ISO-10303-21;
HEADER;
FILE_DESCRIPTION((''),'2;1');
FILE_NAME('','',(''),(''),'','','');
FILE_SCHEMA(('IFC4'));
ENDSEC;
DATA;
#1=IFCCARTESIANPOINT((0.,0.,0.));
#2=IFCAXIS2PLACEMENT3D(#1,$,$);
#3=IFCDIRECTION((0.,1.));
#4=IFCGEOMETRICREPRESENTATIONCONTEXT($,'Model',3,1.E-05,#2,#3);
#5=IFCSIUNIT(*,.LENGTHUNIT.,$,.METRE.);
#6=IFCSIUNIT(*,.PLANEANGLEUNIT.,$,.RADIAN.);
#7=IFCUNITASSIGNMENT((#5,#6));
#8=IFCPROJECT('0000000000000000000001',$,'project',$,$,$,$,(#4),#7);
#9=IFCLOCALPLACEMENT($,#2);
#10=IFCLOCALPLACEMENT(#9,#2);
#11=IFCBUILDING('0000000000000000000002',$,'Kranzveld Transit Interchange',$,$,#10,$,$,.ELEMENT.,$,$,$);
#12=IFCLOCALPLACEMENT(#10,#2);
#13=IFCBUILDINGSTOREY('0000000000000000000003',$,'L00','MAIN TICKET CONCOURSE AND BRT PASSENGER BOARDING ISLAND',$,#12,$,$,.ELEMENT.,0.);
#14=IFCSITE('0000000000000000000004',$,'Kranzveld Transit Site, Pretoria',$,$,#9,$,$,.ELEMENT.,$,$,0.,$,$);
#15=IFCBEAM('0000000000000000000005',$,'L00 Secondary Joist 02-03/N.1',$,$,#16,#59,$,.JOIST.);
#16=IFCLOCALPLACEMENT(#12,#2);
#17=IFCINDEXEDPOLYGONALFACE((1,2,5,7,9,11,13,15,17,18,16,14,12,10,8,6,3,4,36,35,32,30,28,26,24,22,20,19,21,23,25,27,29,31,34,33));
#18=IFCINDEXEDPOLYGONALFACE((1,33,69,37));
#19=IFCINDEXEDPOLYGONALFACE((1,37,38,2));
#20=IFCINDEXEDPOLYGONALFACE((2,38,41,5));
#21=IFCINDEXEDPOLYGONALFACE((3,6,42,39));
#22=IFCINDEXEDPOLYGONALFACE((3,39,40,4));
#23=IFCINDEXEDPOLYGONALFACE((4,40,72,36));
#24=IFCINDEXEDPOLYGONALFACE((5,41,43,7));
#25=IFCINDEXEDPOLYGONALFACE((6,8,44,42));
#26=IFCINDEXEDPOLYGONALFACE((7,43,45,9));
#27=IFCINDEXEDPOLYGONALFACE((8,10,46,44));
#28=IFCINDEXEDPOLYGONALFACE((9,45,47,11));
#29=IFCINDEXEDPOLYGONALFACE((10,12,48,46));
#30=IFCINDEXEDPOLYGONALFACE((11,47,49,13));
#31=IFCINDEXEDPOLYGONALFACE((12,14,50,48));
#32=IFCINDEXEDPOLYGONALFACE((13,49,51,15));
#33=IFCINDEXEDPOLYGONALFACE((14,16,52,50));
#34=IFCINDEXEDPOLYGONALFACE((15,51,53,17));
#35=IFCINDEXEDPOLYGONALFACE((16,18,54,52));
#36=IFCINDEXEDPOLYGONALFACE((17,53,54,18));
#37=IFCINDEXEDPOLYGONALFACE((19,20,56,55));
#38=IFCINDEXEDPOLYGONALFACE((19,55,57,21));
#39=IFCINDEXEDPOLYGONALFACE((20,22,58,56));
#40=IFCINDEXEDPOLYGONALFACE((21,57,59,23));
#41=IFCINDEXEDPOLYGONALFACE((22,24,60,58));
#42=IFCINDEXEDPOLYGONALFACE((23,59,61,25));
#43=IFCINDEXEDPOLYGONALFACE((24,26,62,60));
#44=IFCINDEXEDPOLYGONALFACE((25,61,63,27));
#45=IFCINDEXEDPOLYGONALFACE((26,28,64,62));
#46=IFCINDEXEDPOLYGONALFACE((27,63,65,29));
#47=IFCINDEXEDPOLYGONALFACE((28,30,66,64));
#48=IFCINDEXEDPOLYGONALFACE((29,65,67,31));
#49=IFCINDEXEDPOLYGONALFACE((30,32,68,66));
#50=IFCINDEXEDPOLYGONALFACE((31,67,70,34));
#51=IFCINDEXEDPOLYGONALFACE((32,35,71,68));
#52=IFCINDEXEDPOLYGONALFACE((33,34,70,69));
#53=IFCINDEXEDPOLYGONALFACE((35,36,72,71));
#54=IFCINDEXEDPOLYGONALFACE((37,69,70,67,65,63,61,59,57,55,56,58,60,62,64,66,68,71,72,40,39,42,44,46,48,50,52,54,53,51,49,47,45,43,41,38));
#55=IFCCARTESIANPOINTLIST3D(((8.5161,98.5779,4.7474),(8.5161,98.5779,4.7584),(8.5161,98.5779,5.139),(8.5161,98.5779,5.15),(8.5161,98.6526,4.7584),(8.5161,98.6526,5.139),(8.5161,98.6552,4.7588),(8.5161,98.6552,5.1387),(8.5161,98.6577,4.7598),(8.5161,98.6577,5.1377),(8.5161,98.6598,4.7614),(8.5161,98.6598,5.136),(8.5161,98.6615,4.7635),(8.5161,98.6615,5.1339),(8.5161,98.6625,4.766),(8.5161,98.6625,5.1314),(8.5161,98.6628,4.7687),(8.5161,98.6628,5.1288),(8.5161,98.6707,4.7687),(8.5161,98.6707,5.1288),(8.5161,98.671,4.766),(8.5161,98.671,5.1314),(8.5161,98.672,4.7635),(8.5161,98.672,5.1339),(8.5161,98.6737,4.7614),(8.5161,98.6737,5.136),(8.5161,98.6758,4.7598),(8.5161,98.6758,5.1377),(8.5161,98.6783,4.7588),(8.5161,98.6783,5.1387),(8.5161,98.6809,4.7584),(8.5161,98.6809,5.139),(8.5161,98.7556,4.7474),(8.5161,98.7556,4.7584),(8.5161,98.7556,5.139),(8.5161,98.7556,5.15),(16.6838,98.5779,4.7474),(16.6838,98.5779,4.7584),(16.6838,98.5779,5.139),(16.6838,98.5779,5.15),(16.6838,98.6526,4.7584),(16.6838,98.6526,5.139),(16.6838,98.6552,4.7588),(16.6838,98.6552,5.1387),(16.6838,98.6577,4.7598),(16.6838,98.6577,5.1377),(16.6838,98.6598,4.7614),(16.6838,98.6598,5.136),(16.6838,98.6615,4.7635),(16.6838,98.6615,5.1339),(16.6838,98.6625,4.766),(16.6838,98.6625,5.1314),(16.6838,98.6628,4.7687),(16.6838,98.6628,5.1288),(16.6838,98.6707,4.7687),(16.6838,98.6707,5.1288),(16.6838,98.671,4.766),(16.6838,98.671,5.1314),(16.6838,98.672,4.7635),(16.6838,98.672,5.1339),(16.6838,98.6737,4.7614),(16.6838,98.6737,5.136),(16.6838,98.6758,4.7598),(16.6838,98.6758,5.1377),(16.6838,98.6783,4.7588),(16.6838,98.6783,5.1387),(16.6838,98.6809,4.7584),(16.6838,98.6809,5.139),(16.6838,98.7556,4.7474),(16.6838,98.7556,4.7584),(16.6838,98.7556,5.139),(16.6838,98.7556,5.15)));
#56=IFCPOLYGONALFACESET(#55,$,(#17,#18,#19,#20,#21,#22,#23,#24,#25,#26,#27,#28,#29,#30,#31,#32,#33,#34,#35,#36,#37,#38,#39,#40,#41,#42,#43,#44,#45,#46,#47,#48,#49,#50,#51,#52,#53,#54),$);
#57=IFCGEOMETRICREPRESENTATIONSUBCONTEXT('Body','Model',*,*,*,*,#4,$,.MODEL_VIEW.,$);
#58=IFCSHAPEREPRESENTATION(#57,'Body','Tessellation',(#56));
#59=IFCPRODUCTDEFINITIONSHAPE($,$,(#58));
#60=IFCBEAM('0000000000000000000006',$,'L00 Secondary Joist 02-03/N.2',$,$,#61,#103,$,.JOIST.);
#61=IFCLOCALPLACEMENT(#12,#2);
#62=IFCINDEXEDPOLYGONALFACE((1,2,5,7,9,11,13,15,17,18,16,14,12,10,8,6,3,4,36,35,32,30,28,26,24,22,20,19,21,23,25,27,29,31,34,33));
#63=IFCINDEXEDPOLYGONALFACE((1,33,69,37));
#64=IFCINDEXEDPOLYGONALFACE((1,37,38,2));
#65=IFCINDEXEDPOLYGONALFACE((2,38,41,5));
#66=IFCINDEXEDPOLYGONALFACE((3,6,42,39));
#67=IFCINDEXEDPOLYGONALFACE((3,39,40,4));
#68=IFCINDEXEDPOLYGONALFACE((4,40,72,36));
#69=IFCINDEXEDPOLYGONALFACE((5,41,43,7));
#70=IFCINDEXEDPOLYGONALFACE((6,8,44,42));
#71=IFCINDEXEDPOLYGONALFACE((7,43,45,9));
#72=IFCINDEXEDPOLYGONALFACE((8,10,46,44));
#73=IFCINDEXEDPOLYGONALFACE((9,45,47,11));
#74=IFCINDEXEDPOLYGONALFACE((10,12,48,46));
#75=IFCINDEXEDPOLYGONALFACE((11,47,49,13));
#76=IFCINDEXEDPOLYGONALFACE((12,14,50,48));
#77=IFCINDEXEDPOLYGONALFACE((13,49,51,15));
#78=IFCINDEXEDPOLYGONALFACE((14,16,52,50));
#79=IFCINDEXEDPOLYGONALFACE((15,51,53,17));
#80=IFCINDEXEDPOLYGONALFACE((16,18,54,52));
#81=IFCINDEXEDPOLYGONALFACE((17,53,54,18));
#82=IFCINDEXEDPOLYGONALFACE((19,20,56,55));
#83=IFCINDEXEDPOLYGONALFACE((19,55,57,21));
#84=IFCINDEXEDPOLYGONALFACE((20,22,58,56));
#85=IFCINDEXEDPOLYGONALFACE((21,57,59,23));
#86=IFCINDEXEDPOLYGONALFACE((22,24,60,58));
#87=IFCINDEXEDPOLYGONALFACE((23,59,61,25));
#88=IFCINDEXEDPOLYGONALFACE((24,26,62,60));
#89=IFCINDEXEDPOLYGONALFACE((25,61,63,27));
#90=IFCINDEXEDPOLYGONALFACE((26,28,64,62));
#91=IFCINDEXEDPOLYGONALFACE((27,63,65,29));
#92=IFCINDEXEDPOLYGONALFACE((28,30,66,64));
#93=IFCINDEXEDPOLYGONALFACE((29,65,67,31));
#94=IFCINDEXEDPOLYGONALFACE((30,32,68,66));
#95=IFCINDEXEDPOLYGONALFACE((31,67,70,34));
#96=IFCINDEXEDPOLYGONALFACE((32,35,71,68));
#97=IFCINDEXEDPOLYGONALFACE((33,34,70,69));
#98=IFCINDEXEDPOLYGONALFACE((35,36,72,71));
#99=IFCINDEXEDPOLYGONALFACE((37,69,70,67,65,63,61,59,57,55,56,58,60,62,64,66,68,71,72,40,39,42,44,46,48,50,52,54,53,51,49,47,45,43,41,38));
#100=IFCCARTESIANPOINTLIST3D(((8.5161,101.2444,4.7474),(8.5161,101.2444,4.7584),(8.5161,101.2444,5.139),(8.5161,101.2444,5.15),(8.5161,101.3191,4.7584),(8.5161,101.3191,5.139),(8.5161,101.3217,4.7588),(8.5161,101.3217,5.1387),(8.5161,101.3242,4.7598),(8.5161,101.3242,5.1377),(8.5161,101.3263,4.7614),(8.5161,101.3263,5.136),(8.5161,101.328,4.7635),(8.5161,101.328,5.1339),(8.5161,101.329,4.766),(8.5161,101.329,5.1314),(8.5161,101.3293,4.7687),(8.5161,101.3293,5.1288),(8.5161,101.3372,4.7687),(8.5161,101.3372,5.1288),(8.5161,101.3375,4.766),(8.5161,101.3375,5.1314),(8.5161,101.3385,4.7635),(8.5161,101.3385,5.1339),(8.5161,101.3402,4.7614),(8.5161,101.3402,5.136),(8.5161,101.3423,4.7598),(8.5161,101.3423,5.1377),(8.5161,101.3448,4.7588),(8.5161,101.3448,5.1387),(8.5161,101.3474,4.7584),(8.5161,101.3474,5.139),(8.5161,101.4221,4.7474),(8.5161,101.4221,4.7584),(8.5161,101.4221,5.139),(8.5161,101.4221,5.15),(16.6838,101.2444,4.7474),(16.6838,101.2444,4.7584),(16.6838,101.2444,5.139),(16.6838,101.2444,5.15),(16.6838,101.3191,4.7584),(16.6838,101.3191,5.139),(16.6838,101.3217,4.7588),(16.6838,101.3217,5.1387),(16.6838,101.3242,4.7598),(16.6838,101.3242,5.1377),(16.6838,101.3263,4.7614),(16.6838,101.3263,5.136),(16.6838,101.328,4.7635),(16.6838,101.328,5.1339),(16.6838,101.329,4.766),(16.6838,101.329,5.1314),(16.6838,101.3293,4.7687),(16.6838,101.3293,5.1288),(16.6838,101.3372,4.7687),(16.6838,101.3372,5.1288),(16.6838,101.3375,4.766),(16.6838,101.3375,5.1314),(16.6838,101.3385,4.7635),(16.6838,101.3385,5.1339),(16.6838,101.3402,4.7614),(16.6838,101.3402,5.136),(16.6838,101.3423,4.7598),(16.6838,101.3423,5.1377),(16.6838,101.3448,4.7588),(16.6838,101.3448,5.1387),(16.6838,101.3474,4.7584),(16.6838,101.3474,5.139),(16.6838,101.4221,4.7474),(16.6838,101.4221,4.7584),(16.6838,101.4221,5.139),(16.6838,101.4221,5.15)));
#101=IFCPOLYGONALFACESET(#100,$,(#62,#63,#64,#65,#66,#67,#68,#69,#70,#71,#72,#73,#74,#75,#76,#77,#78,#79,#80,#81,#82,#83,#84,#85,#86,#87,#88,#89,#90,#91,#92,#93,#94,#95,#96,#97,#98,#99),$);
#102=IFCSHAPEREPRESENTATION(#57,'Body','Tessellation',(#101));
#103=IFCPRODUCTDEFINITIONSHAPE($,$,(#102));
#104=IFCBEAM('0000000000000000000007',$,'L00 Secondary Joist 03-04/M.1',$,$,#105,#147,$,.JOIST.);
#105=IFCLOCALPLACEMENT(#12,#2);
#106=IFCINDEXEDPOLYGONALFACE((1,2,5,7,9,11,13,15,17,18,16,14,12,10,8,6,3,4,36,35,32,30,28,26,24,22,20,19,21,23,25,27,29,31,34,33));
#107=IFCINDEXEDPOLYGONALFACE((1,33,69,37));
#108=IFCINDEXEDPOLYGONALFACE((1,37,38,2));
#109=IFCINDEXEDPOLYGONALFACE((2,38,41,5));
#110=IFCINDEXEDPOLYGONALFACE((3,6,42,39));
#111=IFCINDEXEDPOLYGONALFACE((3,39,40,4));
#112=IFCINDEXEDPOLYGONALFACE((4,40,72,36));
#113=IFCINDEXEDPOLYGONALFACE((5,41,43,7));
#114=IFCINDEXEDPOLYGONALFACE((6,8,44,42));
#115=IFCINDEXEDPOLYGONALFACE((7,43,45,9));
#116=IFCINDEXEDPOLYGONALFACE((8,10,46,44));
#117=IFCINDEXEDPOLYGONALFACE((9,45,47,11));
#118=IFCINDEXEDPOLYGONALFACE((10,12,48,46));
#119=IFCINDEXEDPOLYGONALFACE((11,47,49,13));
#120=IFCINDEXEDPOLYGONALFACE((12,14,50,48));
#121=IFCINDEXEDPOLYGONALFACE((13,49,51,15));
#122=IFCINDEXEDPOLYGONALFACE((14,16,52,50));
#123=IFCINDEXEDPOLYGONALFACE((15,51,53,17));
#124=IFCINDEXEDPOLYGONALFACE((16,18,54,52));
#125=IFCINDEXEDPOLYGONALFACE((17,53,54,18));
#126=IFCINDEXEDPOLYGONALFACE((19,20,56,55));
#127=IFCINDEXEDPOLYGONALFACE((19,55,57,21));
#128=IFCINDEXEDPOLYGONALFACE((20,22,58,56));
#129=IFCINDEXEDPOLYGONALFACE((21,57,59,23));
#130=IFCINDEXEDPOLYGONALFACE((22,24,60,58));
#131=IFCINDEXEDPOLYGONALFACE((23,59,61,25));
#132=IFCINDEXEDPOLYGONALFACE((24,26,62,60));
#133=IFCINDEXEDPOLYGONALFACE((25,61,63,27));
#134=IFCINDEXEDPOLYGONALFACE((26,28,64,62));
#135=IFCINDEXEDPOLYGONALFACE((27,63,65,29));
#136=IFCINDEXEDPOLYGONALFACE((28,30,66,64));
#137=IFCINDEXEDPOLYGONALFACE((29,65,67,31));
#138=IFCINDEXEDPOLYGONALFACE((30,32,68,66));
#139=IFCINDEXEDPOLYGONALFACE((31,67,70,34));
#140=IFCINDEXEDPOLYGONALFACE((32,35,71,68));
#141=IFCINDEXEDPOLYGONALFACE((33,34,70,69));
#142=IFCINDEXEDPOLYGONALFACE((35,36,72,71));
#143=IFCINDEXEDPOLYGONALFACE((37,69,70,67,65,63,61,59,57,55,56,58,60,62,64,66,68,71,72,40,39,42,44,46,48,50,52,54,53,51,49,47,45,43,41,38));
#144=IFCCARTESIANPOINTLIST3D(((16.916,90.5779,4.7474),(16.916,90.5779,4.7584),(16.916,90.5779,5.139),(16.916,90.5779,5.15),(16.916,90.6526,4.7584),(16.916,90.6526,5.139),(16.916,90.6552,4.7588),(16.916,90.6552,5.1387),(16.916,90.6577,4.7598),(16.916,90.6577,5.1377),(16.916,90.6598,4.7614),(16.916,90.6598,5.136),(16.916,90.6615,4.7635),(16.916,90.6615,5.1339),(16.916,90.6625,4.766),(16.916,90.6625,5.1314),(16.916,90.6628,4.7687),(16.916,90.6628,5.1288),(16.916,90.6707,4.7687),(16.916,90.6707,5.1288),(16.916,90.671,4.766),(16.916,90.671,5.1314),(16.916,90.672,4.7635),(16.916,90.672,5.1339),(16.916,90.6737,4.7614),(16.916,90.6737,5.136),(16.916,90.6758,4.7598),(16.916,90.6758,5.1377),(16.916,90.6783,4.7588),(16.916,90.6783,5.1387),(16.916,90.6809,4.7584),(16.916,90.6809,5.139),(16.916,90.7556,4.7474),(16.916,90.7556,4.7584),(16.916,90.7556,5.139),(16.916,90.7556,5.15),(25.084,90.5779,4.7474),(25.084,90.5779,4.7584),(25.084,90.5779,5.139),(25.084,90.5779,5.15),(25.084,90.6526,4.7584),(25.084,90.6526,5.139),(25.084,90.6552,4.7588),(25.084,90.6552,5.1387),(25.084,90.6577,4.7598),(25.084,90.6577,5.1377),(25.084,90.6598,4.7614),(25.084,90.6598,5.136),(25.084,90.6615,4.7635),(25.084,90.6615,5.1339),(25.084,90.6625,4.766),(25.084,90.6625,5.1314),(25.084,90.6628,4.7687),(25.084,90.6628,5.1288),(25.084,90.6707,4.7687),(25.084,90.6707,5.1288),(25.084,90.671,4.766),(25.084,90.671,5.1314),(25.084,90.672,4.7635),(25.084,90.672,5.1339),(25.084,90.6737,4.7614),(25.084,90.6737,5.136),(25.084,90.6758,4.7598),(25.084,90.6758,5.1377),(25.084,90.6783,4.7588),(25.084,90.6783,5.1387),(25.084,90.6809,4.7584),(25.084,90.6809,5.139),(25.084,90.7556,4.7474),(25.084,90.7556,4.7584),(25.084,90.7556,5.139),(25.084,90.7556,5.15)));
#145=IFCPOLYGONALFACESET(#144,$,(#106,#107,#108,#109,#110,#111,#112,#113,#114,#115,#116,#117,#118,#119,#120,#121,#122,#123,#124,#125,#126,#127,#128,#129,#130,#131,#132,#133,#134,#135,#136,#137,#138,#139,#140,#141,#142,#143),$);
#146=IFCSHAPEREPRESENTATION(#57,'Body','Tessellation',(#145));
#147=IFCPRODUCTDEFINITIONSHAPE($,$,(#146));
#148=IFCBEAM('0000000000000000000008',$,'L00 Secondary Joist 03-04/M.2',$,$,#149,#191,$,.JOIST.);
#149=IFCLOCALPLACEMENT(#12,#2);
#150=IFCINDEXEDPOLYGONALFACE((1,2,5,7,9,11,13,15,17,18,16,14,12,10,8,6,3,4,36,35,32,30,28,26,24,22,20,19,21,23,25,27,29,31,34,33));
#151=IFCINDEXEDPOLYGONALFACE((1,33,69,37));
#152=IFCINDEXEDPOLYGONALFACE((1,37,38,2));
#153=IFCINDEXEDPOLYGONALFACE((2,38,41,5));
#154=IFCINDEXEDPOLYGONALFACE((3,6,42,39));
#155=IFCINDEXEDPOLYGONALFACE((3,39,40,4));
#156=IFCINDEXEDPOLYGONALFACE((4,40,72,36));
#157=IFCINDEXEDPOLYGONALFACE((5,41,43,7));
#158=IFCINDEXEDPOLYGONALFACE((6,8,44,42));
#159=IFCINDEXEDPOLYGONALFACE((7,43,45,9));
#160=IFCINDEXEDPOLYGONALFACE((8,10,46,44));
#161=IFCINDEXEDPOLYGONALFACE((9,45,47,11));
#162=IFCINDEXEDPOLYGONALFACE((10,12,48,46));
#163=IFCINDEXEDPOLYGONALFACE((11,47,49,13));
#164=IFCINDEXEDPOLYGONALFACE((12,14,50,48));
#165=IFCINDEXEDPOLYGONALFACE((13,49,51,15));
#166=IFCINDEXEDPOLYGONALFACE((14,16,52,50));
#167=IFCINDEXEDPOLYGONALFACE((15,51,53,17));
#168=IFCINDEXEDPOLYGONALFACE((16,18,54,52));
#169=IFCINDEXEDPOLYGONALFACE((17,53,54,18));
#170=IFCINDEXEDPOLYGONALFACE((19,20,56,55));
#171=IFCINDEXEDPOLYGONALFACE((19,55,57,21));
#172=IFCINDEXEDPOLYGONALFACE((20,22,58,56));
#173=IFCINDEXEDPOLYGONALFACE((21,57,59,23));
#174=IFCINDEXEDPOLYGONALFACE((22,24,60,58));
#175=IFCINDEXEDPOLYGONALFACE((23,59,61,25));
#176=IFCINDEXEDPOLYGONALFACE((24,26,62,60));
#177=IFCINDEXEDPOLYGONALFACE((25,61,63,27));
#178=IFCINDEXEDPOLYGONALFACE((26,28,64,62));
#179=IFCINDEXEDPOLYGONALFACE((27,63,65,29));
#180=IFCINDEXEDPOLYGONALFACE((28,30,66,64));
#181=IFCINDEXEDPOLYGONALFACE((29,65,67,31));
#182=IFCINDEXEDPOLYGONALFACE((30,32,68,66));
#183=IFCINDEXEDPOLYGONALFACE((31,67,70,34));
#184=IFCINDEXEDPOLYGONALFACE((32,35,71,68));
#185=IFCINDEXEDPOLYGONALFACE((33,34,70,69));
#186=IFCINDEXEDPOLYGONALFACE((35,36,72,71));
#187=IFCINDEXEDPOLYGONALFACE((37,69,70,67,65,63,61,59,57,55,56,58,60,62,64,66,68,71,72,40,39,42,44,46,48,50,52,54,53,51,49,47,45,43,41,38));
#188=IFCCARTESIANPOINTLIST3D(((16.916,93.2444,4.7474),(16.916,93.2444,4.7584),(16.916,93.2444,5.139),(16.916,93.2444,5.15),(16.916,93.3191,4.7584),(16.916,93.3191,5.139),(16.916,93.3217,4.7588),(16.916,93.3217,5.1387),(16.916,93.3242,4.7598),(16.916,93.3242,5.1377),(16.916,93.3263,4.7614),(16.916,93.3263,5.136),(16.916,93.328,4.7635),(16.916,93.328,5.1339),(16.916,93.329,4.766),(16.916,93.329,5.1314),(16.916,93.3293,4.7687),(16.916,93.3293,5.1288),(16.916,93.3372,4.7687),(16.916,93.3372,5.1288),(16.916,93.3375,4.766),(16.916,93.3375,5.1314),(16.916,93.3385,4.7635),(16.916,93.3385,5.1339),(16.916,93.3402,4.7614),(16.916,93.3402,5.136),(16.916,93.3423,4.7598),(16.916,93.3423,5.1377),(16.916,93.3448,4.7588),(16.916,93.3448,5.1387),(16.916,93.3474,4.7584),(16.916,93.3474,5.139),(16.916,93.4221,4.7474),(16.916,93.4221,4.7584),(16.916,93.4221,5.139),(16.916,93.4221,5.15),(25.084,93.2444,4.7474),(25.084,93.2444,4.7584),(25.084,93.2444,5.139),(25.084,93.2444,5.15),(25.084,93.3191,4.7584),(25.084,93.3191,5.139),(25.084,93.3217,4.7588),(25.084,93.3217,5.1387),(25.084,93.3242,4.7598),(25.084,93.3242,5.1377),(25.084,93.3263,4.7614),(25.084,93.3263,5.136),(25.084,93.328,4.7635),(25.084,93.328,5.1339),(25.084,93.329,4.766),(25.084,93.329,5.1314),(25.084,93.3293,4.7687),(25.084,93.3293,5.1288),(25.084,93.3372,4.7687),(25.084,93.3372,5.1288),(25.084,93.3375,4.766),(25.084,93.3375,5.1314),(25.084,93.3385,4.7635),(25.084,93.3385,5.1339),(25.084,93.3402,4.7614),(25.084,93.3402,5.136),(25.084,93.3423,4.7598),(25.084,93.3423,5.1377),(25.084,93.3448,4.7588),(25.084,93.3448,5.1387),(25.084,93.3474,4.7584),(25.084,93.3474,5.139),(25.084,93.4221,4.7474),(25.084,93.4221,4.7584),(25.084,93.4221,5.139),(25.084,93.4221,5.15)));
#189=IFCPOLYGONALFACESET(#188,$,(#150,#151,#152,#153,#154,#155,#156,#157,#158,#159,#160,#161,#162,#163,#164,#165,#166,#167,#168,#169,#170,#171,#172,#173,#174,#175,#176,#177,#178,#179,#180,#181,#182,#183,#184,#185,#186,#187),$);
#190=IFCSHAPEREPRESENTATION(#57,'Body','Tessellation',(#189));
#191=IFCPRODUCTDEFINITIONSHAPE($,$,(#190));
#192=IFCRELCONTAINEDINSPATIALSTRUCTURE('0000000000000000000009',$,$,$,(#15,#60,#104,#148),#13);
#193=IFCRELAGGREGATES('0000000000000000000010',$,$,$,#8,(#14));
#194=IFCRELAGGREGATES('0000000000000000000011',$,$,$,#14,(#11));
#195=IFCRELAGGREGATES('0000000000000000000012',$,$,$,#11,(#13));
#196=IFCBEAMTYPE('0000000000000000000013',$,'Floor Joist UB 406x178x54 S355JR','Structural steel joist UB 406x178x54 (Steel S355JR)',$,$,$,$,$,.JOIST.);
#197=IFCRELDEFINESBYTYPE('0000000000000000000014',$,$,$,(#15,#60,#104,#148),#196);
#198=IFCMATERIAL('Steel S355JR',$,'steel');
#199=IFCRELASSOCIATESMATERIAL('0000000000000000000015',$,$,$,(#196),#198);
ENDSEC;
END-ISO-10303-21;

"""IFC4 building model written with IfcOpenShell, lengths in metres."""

from ifc_helpers import new_model, si_unit, direction, frame, origin, origin_2d, place, context, subcontext, project, spatial, i_section, extrude, material, material_profile, profile_set, type_object, element, save


model = new_model("IFC4")

# Units and contexts
model_context = context("Model", 3, precision=1e-05, world=origin(), true_north=direction((0.0, 1.0)))
body_context = subcontext(model_context, "Body", "Model", "MODEL_VIEW")
ifc_project = project(units=[si_unit("LENGTHUNIT", "METRE"), si_unit("PLANEANGLEUNIT", "RADIAN")], contexts=[model_context])

# Site, building, storey
site_placement = place(None, origin())
site = spatial("IfcSite", under=ifc_project, at=site_placement, Name="Kranzveld Transit Site, Pretoria", CompositionType="ELEMENT", RefElevation=0.0)
building_placement = place(site_placement, origin())
building = spatial("IfcBuilding", under=site, at=building_placement, Name="Kranzveld Transit Interchange", CompositionType="ELEMENT")
storey_placement = place(building_placement, origin())
storey = spatial("IfcBuildingStorey", under=building, at=storey_placement, Name="L00", Description="MAIN TICKET CONCOURSE AND BRT PASSENGER BOARDING ISLAND", CompositionType="ELEMENT", Elevation=0.0)

# Beams
ifc_material_1 = material(Name="Steel S355JR", Category="steel")
ifc_material_profile_1 = material_profile(ifc_material_1, i_section(OverallWidth=0.1777, OverallDepth=0.4026, WebThickness=0.0078, FlangeThickness=0.011, FilletRadius=0.0103, at=origin_2d()), Name="UB 406x178x54")
ifc_profile_set_1 = profile_set([ifc_material_profile_1], Name="Steel S355JR")
beam_type_1 = type_object("IfcBeamType", Name="Floor Joist UB 406x178x54 S355JR", Description="Structural steel joist UB 406x178x54 (Steel S355JR)", PredefinedType="JOIST", material=ifc_profile_set_1)
for number, where, z_axis, x_axis, name in (
    (1, (8.5161, 98.6667, 4.9487), (1.0, 0.0, 0.0), (0.0, 1.0, 0.0), "L00 Secondary Joist 02-03/N.1"),
    (2, (8.5161, 101.3333, 4.9487), (1.0, 0.0, 0.0), (0.0, 1.0, 0.0), "L00 Secondary Joist 02-03/N.2"),
):
    element("IfcBeam", number, at=place(storey_placement, frame(where, z_axis=z_axis, x_axis=x_axis)), inside=storey, type_object=beam_type_1, Name=name, PredefinedType="JOIST", context=body_context, shape_type="SweptSolid", body=[
        extrude(i_section(OverallWidth=0.1777, OverallDepth=0.4026, WebThickness=0.0078, FlangeThickness=0.011, FilletRadius=0.0103, at=origin_2d()), origin(), (0.0, 0.0, 1.0), 8.1677),
    ])
for number, where, z_axis, x_axis, name in (
    (3, (16.916, 90.6667, 4.9487), (1.0, 0.0, 0.0), (0.0, 1.0, 0.0), "L00 Secondary Joist 03-04/M.1"),
    (4, (16.916, 93.3333, 4.9487), (1.0, 0.0, 0.0), (0.0, 1.0, 0.0), "L00 Secondary Joist 03-04/M.2"),
):
    element("IfcBeam", number, at=place(storey_placement, frame(where, z_axis=z_axis, x_axis=x_axis)), inside=storey, type_object=beam_type_1, Name=name, PredefinedType="JOIST", context=body_context, shape_type="SweptSolid", body=[
        extrude(i_section(OverallWidth=0.1777, OverallDepth=0.4026, WebThickness=0.0078, FlangeThickness=0.011, FilletRadius=0.0103, at=origin_2d()), origin(), (0.0, 0.0, 1.0), 8.168),
    ])

save(model, "model.ifc")
